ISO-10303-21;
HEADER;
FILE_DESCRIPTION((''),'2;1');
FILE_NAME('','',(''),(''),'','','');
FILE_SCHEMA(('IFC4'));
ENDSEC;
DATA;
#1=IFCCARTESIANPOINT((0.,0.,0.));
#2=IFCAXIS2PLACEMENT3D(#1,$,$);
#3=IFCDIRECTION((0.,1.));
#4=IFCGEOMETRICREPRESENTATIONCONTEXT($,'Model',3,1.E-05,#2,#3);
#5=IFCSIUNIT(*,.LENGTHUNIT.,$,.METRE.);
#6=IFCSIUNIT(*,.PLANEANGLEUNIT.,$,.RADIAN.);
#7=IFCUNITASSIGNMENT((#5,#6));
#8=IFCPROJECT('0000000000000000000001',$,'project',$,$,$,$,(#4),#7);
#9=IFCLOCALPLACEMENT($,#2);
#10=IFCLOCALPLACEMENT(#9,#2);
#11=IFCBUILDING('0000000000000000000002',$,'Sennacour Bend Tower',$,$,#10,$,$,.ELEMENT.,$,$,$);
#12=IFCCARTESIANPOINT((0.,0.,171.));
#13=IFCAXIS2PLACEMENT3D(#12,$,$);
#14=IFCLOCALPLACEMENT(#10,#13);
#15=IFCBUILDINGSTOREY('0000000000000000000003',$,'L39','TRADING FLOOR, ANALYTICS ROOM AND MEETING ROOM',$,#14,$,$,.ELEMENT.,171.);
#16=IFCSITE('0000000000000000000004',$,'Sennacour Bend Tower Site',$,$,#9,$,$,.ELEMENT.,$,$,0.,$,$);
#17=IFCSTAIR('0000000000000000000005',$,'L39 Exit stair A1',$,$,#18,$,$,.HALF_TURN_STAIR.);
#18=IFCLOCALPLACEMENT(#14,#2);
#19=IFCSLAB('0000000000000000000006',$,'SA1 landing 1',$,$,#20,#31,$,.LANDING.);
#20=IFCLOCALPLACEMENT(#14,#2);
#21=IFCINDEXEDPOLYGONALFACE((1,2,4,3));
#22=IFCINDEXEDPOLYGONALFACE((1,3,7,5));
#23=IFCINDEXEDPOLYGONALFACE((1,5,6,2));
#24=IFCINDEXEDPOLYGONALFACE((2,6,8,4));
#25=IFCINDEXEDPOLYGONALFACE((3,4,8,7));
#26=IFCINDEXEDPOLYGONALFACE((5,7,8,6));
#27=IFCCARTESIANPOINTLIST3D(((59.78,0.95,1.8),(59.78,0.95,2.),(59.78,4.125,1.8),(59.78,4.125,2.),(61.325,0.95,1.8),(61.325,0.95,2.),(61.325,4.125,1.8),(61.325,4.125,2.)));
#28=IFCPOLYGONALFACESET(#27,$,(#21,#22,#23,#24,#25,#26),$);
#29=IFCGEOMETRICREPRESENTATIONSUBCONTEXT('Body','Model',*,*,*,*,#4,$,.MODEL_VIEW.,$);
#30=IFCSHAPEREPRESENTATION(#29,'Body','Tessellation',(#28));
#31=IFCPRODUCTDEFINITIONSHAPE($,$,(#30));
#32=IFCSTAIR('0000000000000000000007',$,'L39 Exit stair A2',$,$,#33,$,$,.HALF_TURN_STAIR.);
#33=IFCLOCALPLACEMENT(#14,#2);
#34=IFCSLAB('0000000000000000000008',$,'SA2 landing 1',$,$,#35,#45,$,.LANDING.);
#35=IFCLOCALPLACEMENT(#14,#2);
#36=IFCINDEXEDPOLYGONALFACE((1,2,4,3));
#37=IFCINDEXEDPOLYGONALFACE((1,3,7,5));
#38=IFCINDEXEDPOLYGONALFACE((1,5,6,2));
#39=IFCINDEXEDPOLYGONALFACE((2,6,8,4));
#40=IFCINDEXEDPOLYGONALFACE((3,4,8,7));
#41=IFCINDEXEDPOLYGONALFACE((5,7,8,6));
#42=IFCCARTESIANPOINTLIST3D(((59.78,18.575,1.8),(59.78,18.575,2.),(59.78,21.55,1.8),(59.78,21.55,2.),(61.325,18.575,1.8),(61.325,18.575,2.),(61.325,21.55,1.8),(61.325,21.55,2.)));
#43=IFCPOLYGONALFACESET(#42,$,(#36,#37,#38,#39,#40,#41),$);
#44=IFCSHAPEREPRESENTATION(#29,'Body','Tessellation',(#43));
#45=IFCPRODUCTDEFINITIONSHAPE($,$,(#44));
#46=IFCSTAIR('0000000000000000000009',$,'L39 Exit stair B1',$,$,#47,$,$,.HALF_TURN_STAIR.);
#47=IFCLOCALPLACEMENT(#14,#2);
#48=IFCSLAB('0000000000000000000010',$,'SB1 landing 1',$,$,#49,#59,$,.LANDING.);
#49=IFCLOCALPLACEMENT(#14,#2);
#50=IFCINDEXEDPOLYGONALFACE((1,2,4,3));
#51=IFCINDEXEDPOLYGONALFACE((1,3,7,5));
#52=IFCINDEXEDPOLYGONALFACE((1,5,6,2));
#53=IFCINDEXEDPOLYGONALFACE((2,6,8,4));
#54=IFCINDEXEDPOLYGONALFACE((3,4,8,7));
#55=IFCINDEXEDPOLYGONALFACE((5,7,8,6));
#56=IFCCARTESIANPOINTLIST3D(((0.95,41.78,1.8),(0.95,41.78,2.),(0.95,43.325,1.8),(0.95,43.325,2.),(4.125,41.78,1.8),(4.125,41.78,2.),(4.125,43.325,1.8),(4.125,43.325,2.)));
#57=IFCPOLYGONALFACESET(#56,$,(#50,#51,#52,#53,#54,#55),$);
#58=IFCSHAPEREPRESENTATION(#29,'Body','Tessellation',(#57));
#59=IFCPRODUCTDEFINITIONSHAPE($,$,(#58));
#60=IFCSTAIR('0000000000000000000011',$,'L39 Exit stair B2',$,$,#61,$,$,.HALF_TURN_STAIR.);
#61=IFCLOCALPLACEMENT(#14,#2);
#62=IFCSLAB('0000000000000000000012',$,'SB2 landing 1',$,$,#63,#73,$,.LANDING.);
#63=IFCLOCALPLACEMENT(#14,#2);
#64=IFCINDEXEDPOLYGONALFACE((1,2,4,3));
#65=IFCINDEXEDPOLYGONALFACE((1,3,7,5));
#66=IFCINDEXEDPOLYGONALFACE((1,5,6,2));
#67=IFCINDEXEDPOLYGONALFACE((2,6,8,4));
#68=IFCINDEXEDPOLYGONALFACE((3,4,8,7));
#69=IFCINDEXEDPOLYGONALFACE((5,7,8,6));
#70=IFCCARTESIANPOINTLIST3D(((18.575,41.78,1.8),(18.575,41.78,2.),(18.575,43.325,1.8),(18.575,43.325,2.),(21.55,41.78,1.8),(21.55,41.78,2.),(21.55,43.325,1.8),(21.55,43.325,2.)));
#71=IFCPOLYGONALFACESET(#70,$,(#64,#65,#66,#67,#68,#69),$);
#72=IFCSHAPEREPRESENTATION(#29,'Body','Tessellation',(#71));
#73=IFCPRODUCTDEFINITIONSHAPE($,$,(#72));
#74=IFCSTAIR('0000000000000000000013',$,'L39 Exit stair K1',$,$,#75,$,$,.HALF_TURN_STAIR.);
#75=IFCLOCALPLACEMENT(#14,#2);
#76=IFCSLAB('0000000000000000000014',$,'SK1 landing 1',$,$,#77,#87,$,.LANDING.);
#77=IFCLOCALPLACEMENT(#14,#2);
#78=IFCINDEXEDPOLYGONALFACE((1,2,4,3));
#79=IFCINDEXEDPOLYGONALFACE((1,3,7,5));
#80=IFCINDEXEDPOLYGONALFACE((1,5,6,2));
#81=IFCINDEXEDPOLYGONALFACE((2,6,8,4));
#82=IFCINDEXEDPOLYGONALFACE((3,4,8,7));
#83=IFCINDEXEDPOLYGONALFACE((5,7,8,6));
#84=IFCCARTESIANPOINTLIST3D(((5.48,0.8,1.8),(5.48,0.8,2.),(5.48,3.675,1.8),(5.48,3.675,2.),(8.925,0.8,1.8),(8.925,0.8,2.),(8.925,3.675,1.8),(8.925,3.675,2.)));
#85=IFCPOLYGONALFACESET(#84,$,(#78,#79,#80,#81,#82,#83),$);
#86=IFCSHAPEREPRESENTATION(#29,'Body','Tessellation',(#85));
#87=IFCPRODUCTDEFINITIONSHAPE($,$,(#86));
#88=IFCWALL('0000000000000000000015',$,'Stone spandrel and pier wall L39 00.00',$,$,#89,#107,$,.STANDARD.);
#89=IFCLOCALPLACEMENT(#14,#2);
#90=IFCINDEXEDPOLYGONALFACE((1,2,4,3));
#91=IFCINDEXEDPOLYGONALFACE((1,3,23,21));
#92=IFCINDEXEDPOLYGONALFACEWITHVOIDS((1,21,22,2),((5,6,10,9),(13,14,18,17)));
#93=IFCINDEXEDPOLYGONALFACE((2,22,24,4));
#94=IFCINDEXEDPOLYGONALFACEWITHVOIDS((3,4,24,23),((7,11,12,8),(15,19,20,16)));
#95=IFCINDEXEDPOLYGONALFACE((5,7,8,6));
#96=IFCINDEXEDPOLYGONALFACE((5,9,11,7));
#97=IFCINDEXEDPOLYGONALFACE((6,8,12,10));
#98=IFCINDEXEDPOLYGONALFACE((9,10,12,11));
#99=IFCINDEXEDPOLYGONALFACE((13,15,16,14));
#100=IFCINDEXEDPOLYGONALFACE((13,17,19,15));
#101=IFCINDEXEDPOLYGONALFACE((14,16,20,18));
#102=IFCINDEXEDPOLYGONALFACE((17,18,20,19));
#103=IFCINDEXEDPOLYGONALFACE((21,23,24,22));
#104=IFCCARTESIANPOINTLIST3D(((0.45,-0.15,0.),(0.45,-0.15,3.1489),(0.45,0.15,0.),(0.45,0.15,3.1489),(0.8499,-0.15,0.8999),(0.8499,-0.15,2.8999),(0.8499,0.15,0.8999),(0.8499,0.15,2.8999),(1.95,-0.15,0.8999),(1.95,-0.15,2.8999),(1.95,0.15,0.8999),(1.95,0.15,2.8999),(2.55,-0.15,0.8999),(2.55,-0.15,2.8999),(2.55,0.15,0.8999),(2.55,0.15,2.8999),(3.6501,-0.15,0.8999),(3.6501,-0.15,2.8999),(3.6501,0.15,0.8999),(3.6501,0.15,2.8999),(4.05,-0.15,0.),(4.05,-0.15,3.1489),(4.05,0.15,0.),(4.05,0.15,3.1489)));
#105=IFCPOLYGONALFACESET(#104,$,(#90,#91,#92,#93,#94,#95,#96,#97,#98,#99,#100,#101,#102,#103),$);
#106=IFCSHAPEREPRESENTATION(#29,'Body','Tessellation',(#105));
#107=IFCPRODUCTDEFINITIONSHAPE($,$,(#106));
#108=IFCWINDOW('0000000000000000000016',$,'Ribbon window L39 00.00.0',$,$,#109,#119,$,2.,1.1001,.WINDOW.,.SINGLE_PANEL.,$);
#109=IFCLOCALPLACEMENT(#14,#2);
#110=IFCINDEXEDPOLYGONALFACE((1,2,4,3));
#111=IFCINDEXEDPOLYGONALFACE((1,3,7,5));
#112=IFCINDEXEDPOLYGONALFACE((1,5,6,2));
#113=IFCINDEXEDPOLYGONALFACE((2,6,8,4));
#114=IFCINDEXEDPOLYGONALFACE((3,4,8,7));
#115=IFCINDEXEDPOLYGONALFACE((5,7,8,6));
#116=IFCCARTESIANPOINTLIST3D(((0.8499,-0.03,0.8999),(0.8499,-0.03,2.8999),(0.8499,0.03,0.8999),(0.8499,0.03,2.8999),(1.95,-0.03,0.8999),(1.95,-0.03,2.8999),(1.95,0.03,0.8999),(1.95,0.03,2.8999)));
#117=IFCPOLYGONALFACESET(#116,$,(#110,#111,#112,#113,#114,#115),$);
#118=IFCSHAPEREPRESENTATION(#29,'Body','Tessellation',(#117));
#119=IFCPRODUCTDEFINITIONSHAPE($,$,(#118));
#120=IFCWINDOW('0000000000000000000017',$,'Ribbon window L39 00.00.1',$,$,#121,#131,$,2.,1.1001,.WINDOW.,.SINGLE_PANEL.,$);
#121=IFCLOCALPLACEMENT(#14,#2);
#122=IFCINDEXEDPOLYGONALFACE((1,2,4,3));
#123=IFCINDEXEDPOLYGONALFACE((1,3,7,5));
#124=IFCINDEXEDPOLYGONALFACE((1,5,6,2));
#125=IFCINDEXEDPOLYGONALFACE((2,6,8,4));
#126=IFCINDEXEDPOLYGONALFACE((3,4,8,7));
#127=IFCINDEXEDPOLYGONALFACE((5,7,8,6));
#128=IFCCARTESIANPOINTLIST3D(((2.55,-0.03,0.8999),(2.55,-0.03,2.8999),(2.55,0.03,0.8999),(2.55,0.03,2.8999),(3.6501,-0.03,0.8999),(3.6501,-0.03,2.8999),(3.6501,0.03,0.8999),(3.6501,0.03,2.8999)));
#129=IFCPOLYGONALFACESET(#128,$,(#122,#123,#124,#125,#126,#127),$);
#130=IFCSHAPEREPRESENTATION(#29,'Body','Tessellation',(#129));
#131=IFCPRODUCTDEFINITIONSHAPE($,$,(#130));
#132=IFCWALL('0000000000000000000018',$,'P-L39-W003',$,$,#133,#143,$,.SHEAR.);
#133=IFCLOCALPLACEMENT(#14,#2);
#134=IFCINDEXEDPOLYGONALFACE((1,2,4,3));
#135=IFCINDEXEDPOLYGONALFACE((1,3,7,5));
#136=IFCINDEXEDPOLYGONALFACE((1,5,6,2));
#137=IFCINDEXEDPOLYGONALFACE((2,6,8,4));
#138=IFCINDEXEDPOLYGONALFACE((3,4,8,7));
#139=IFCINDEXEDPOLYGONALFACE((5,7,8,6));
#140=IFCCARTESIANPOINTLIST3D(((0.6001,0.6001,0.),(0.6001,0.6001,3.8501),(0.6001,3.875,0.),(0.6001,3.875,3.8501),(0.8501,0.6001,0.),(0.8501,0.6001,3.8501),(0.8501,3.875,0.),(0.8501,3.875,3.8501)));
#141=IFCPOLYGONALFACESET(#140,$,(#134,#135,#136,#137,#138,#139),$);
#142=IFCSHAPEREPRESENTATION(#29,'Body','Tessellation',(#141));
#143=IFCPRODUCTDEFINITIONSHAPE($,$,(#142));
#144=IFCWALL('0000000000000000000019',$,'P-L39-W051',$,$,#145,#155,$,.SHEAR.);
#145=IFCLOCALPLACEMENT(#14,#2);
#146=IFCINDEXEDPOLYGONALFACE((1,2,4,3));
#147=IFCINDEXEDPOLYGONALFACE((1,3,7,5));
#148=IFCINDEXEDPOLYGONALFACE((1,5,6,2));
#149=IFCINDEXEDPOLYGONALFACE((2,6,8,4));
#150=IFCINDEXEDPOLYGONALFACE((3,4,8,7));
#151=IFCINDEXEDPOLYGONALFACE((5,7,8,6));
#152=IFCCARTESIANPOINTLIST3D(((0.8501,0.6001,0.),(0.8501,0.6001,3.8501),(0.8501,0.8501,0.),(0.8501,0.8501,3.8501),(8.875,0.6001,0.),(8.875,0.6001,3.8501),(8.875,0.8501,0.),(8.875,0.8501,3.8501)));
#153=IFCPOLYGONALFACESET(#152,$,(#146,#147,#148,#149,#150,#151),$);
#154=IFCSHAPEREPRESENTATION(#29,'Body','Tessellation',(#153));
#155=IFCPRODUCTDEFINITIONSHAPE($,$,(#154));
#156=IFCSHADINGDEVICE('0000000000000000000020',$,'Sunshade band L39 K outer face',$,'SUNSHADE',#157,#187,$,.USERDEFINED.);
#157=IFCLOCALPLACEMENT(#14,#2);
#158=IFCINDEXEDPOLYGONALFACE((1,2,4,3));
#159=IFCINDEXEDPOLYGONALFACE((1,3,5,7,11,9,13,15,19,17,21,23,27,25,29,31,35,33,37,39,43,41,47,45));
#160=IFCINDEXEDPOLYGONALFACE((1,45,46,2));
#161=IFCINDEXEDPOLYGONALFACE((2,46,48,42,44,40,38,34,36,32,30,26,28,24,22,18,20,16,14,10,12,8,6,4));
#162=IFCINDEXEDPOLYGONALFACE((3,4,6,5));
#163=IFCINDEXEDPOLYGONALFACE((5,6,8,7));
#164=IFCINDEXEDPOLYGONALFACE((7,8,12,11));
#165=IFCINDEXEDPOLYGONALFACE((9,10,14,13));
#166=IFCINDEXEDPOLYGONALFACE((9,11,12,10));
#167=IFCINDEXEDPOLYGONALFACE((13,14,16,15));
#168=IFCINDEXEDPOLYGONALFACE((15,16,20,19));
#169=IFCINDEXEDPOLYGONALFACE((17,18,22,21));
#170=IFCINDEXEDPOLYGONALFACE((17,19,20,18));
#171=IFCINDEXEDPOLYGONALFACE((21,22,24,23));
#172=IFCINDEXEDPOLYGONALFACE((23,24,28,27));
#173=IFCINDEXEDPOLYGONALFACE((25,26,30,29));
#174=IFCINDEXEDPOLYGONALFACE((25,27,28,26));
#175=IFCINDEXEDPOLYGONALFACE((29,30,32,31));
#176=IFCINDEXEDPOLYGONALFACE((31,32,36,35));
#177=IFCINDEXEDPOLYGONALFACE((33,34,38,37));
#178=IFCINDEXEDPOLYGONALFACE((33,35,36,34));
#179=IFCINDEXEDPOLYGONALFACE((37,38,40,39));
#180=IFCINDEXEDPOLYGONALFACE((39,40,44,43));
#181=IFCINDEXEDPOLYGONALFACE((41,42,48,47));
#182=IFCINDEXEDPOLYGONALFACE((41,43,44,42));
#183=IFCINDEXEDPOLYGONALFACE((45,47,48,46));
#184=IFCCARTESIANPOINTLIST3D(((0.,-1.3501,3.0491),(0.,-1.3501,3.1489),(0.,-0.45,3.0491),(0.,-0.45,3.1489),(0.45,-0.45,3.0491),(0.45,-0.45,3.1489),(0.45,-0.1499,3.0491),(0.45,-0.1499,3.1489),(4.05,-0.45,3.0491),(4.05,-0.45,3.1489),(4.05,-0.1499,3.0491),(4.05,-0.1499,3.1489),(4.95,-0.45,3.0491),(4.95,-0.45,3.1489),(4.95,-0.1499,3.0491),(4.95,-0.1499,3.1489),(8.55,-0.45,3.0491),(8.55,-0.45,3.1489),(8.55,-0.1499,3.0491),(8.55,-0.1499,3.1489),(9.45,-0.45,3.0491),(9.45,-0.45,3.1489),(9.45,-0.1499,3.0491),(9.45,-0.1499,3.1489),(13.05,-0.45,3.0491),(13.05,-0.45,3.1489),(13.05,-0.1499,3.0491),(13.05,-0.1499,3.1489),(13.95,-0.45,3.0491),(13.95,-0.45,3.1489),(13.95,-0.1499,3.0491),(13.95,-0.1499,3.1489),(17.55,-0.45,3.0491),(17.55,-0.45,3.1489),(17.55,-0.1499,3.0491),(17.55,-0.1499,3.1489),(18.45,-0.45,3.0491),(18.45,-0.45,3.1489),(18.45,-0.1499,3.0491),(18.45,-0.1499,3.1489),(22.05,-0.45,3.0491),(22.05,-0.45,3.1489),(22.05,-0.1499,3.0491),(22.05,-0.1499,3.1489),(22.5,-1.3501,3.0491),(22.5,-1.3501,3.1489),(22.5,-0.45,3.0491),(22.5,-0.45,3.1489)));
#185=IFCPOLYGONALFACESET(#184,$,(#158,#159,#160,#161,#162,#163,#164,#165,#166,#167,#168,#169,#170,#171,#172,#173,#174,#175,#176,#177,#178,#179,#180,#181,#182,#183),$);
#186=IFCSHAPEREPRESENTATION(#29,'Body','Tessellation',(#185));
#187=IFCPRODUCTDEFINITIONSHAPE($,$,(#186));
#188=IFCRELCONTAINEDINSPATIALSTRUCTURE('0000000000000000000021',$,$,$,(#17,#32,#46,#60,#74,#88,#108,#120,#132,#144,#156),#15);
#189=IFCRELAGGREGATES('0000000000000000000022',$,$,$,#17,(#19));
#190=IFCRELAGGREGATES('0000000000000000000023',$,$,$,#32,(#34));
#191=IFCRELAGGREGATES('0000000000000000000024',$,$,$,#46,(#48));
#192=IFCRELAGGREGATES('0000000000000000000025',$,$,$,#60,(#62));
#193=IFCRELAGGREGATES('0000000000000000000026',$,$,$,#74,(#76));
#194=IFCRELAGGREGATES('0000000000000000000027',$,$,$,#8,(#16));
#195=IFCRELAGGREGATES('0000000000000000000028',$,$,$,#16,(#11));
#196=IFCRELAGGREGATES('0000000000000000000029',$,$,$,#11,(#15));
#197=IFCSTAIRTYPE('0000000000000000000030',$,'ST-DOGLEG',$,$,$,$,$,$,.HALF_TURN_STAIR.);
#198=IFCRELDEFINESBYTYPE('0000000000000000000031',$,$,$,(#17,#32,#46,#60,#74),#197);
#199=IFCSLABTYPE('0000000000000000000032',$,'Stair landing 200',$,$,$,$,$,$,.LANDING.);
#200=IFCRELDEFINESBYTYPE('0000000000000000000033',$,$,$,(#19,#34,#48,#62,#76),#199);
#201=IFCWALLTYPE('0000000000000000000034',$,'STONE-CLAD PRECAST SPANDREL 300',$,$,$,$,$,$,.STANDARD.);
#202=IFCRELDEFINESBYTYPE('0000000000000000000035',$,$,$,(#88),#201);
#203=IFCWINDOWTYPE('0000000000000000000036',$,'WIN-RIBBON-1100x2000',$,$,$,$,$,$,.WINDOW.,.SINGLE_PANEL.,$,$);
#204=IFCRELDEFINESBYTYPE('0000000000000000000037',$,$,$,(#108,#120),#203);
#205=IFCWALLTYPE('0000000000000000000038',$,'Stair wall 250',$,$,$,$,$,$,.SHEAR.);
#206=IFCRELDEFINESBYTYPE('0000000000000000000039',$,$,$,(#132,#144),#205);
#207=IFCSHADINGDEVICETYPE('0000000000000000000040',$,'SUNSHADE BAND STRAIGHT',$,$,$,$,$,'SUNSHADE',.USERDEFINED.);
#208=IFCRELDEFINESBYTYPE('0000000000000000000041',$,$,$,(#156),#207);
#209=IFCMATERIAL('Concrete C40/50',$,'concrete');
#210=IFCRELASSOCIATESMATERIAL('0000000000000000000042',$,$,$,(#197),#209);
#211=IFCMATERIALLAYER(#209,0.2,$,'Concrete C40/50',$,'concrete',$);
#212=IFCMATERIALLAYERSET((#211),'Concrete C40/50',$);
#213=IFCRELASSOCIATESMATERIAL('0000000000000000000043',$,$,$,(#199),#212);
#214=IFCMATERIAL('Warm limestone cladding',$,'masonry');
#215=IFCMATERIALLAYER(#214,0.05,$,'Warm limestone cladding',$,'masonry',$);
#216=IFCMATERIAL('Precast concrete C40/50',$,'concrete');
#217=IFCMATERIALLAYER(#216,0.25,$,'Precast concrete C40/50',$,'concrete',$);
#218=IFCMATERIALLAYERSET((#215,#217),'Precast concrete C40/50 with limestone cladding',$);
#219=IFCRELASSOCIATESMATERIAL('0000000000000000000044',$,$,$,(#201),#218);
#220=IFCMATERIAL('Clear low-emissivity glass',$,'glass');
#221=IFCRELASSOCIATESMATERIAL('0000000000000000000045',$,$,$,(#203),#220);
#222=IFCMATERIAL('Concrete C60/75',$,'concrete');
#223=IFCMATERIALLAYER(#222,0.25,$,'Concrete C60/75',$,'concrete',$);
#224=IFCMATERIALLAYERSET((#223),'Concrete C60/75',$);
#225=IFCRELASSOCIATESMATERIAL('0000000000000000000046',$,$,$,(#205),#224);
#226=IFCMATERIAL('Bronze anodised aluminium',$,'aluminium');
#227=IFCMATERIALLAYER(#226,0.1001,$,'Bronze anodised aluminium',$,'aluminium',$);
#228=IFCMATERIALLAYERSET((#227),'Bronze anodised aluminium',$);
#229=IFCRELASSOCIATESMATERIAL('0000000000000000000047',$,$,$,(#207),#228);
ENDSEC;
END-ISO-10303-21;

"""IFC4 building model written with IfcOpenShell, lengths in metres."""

from ifc_helpers import new_model, si_unit, direction, frame, frame_2d, origin, place, context, subcontext, project, spatial, polyline, rectangle, outline, extrude, material, layer, layer_set, type_object, element, fill, aggregate, save


model = new_model("IFC4")

# Units and contexts
model_context = context("Model", 3, precision=1e-05, world=origin(), true_north=direction((0.0, 1.0)))
body_context = subcontext(model_context, "Body", "Model", "MODEL_VIEW")
ifc_project = project(units=[si_unit("LENGTHUNIT", "METRE"), si_unit("PLANEANGLEUNIT", "RADIAN")], contexts=[model_context])

# Site, building, storey
site_placement = place(None, origin())
site = spatial("IfcSite", under=ifc_project, at=site_placement, Name="Sennacour Bend Tower Site", CompositionType="ELEMENT", RefElevation=0.0)
building_placement = place(site_placement, origin())
building = spatial("IfcBuilding", under=site, at=building_placement, Name="Sennacour Bend Tower", CompositionType="ELEMENT")
storey_placement = place(building_placement, frame((0.0, 0.0, 171.0)))
storey = spatial("IfcBuildingStorey", under=building, at=storey_placement, Name="L39", Description="TRADING FLOOR, ANALYTICS ROOM AND MEETING ROOM", CompositionType="ELEMENT", Elevation=171.0)

# Shared definitions
ifc_material_1 = material(Name="Concrete C40/50", Category="concrete")

# Stairs, slabs
stair_type = type_object("IfcStairType", Name="ST-DOGLEG", PredefinedType="HALF_TURN_STAIR", material=ifc_material_1)
stair_1_placement = place(storey_placement, origin())
stair_1 = element("IfcStair", 1, at=stair_1_placement, inside=storey, type_object=stair_type, Name="L39 Exit stair A1", PredefinedType="HALF_TURN_STAIR")
ifc_layer_1 = layer(ifc_material_1, 0.2, Name="Concrete C40/50", Category="concrete")
ifc_layer_set_1 = layer_set([ifc_layer_1], Name="Concrete C40/50")
slab_type_1 = type_object("IfcSlabType", Name="Stair landing 200", PredefinedType="LANDING", material=ifc_layer_set_1)
slab_1_placement = place(storey_placement, frame((0.0, 0.0, 1.8)))
slab_1 = element("IfcSlab", 2, at=slab_1_placement, type_object=slab_type_1, Name="SA1 landing 1", PredefinedType="LANDING", context=body_context, shape_type="SweptSolid", body=[
    extrude(outline(polyline([(59.78, 0.95), (61.325, 0.95), (61.325, 4.125), (59.78, 4.125), (59.78, 0.95)])), origin(), (0.0, 0.0, 1.0), 0.2),
])
aggregate(stair_1, [slab_1])
stair_2_placement = place(storey_placement, origin())
stair_2 = element("IfcStair", 3, at=stair_2_placement, inside=storey, type_object=stair_type, Name="L39 Exit stair A2", PredefinedType="HALF_TURN_STAIR")
slab_2_placement = place(storey_placement, frame((0.0, 0.0, 1.8)))
slab_2 = element("IfcSlab", 4, at=slab_2_placement, type_object=slab_type_1, Name="SA2 landing 1", PredefinedType="LANDING", context=body_context, shape_type="SweptSolid", body=[
    extrude(outline(polyline([(59.78, 18.575), (61.325, 18.575), (61.325, 21.55), (59.78, 21.55), (59.78, 18.575)])), origin(), (0.0, 0.0, 1.0), 0.2),
])
aggregate(stair_2, [slab_2])
stair_3_placement = place(storey_placement, origin())
stair_3 = element("IfcStair", 5, at=stair_3_placement, inside=storey, type_object=stair_type, Name="L39 Exit stair B1", PredefinedType="HALF_TURN_STAIR")
slab_3_placement = place(storey_placement, frame((0.0, 0.0, 1.8)))
slab_3 = element("IfcSlab", 6, at=slab_3_placement, type_object=slab_type_1, Name="SB1 landing 1", PredefinedType="LANDING", context=body_context, shape_type="SweptSolid", body=[
    extrude(outline(polyline([(0.95, 41.78), (4.125, 41.78), (4.125, 43.325), (0.95, 43.325), (0.95, 41.78)])), origin(), (0.0, 0.0, 1.0), 0.2),
])
aggregate(stair_3, [slab_3])
stair_4_placement = place(storey_placement, origin())
stair_4 = element("IfcStair", 7, at=stair_4_placement, inside=storey, type_object=stair_type, Name="L39 Exit stair B2", PredefinedType="HALF_TURN_STAIR")
slab_4_placement = place(storey_placement, frame((0.0, 0.0, 1.8)))
slab_4 = element("IfcSlab", 8, at=slab_4_placement, type_object=slab_type_1, Name="SB2 landing 1", PredefinedType="LANDING", context=body_context, shape_type="SweptSolid", body=[
    extrude(outline(polyline([(18.575, 41.78), (21.55, 41.78), (21.55, 43.325), (18.575, 43.325), (18.575, 41.78)])), origin(), (0.0, 0.0, 1.0), 0.2),
])
aggregate(stair_4, [slab_4])
stair_5_placement = place(storey_placement, origin())
stair_5 = element("IfcStair", 9, at=stair_5_placement, inside=storey, type_object=stair_type, Name="L39 Exit stair K1", PredefinedType="HALF_TURN_STAIR")
slab_5_placement = place(storey_placement, frame((0.0, 0.0, 1.8)))
slab_5 = element("IfcSlab", 10, at=slab_5_placement, type_object=slab_type_1, Name="SK1 landing 1", PredefinedType="LANDING", context=body_context, shape_type="SweptSolid", body=[
    extrude(outline(polyline([(5.48, 0.8), (8.925, 0.8), (8.925, 3.675), (5.48, 3.675), (5.48, 0.8)])), origin(), (0.0, 0.0, 1.0), 0.2),
])
aggregate(stair_5, [slab_5])

# Wall, openings, windows
ifc_material_2 = material(Name="Warm limestone cladding", Category="masonry")
ifc_layer_2 = layer(ifc_material_2, 0.05, Name="Warm limestone cladding", Category="masonry")
ifc_material_3 = material(Name="Precast concrete C40/50", Category="concrete")
ifc_layer_3 = layer(ifc_material_3, 0.25, Name="Precast concrete C40/50", Category="concrete")
ifc_layer_set_2 = layer_set([ifc_layer_2, ifc_layer_3], Name="Precast concrete C40/50 with limestone cladding")
wall_type_1 = type_object("IfcWallType", Name="STONE-CLAD PRECAST SPANDREL 300", PredefinedType="STANDARD", material=ifc_layer_set_2)
wall_1_placement = place(storey_placement, frame((0.45, 0.0, 0.0), z_axis=(0.0, 0.0, 1.0), x_axis=(1.0, 0.0, 0.0)))
wall_1 = element("IfcWall", 11, at=wall_1_placement, inside=storey, type_object=wall_type_1, Name="Stone spandrel and pier wall L39 00.00", PredefinedType="STANDARD", context=body_context, shape_type="SweptSolid", body=[
    extrude(rectangle(XDim=3.6001, YDim=0.3, at=frame_2d((1.8, 0.0))), origin(), (0.0, 0.0, 1.0), 3.1489),
])
opening_1_placement = place(wall_1_placement, frame((0.3999, 0.0, 0.8999)))
opening_1 = element("IfcOpeningElement", 12, at=opening_1_placement, cuts=wall_1, PredefinedType="OPENING", context=body_context, shape_type="SweptSolid", body=[
    extrude(rectangle(XDim=1.1001, YDim=2.0, at=frame_2d((0.55, 1.0))), frame((0.0, 0.1602, 0.0), z_axis=(0.0, -1.0, 0.0), x_axis=(1.0, 0.0, 0.0)), (0.0, 0.0, 1.0), 0.3201),
])
opening_2_placement = place(wall_1_placement, frame((2.1001, 0.0, 0.8999)))
opening_2 = element("IfcOpeningElement", 13, at=opening_2_placement, cuts=wall_1, PredefinedType="OPENING", context=body_context, shape_type="SweptSolid", body=[
    extrude(rectangle(XDim=1.1001, YDim=2.0, at=frame_2d((0.55, 1.0))), frame((0.0, 0.1602, 0.0), z_axis=(0.0, -1.0, 0.0), x_axis=(1.0, 0.0, 0.0)), (0.0, 0.0, 1.0), 0.3201),
])
ifc_material_4 = material(Name="Clear low-emissivity glass", Category="glass")
window_type = type_object("IfcWindowType", Name="WIN-RIBBON-1100x2000", PartitioningType="SINGLE_PANEL", PredefinedType="WINDOW", material=ifc_material_4)
window_1_placement = place(opening_1_placement, origin())
window_1 = element("IfcWindow", 14, at=window_1_placement, inside=storey, type_object=window_type, Name="Ribbon window L39 00.00.0", OverallHeight=2.0, OverallWidth=1.1001, PartitioningType="SINGLE_PANEL", PredefinedType="WINDOW", context=body_context, shape_type="SweptSolid", body=[
    extrude(rectangle(XDim=1.1001, YDim=2.0, at=frame_2d((0.55, 1.0))), frame((0.0, 0.03, 0.0), z_axis=(0.0, -1.0, 0.0), x_axis=(1.0, 0.0, 0.0)), (0.0, 0.0, 1.0), 0.0601),
])
fill(opening_1, window_1)
window_2_placement = place(opening_2_placement, origin())
window_2 = element("IfcWindow", 15, at=window_2_placement, inside=storey, type_object=window_type, Name="Ribbon window L39 00.00.1", OverallHeight=2.0, OverallWidth=1.1001, PartitioningType="SINGLE_PANEL", PredefinedType="WINDOW", context=body_context, shape_type="SweptSolid", body=[
    extrude(rectangle(XDim=1.1001, YDim=2.0, at=frame_2d((0.55, 1.0))), frame((0.0, 0.03, 0.0), z_axis=(0.0, -1.0, 0.0), x_axis=(1.0, 0.0, 0.0)), (0.0, 0.0, 1.0), 0.0601),
])
fill(opening_2, window_2)

# Walls
ifc_material_5 = material(Name="Concrete C60/75", Category="concrete")
ifc_layer_4 = layer(ifc_material_5, 0.25, Name="Concrete C60/75", Category="concrete")
ifc_layer_set_3 = layer_set([ifc_layer_4], Name="Concrete C60/75")
wall_type_2 = type_object("IfcWallType", Name="Stair wall 250", PredefinedType="SHEAR", material=ifc_layer_set_3)
wall_2_placement = place(storey_placement, frame((0.7251, 0.6001, 0.0), z_axis=(0.0, 0.0, 1.0), x_axis=(0.0, 1.0, 0.0)))
element("IfcWall", 16, at=wall_2_placement, inside=storey, type_object=wall_type_2, Name="P-L39-W003", PredefinedType="SHEAR", context=body_context, shape_type="SweptSolid", body=[
    extrude(rectangle(XDim=3.2749, YDim=0.25, at=frame_2d((1.6375, 0.0))), origin(), (0.0, 0.0, 1.0), 3.8501),
])
wall_3_placement = place(storey_placement, frame((0.8501, 0.7251, 0.0), z_axis=(0.0, 0.0, 1.0), x_axis=(1.0, 0.0, 0.0)))
element("IfcWall", 17, at=wall_3_placement, inside=storey, type_object=wall_type_2, Name="P-L39-W051", PredefinedType="SHEAR", context=body_context, shape_type="SweptSolid", body=[
    extrude(rectangle(XDim=8.0249, YDim=0.25, at=frame_2d((4.0125, 0.0))), origin(), (0.0, 0.0, 1.0), 3.8501),
])

# Shading device
ifc_material_6 = material(Name="Bronze anodised aluminium", Category="aluminium")
ifc_layer_5 = layer(ifc_material_6, 0.1001, Name="Bronze anodised aluminium", Category="aluminium")
ifc_layer_set_4 = layer_set([ifc_layer_5], Name="Bronze anodised aluminium")
shading_device_type_1 = type_object("IfcShadingDeviceType", Name="SUNSHADE BAND STRAIGHT", ElementType="SUNSHADE", PredefinedType="USERDEFINED", material=ifc_layer_set_4)
shading_device_1_placement = place(storey_placement, frame((0.0, 0.0, 3.0491)))
element("IfcShadingDevice", 18, at=shading_device_1_placement, inside=storey, type_object=shading_device_type_1, Name="Sunshade band L39 K outer face", ObjectType="SUNSHADE", PredefinedType="USERDEFINED", context=body_context, shape_type="SweptSolid", body=[
    extrude(outline(polyline([(4.05, -0.1499), (4.05, -0.45), (4.95, -0.45), (4.95, -0.1499), (8.55, -0.1499), (8.55, -0.45), (9.45, -0.45), (9.45, -0.1499), (13.05, -0.1499), (13.05, -0.45), (13.95, -0.45), (13.95, -0.1499), (17.55, -0.1499), (17.55, -0.45), (18.45, -0.45), (18.45, -0.1499), (22.05, -0.1499), (22.05, -0.45), (22.5, -0.45), (22.5, -1.3501), (0.0, -1.3501), (0.0, -0.45), (0.45, -0.45), (0.45, -0.1499), (4.05, -0.1499)])), origin(), (0.0, 0.0, 1.0), 0.0999),
])

save(model, "model.ifc")
